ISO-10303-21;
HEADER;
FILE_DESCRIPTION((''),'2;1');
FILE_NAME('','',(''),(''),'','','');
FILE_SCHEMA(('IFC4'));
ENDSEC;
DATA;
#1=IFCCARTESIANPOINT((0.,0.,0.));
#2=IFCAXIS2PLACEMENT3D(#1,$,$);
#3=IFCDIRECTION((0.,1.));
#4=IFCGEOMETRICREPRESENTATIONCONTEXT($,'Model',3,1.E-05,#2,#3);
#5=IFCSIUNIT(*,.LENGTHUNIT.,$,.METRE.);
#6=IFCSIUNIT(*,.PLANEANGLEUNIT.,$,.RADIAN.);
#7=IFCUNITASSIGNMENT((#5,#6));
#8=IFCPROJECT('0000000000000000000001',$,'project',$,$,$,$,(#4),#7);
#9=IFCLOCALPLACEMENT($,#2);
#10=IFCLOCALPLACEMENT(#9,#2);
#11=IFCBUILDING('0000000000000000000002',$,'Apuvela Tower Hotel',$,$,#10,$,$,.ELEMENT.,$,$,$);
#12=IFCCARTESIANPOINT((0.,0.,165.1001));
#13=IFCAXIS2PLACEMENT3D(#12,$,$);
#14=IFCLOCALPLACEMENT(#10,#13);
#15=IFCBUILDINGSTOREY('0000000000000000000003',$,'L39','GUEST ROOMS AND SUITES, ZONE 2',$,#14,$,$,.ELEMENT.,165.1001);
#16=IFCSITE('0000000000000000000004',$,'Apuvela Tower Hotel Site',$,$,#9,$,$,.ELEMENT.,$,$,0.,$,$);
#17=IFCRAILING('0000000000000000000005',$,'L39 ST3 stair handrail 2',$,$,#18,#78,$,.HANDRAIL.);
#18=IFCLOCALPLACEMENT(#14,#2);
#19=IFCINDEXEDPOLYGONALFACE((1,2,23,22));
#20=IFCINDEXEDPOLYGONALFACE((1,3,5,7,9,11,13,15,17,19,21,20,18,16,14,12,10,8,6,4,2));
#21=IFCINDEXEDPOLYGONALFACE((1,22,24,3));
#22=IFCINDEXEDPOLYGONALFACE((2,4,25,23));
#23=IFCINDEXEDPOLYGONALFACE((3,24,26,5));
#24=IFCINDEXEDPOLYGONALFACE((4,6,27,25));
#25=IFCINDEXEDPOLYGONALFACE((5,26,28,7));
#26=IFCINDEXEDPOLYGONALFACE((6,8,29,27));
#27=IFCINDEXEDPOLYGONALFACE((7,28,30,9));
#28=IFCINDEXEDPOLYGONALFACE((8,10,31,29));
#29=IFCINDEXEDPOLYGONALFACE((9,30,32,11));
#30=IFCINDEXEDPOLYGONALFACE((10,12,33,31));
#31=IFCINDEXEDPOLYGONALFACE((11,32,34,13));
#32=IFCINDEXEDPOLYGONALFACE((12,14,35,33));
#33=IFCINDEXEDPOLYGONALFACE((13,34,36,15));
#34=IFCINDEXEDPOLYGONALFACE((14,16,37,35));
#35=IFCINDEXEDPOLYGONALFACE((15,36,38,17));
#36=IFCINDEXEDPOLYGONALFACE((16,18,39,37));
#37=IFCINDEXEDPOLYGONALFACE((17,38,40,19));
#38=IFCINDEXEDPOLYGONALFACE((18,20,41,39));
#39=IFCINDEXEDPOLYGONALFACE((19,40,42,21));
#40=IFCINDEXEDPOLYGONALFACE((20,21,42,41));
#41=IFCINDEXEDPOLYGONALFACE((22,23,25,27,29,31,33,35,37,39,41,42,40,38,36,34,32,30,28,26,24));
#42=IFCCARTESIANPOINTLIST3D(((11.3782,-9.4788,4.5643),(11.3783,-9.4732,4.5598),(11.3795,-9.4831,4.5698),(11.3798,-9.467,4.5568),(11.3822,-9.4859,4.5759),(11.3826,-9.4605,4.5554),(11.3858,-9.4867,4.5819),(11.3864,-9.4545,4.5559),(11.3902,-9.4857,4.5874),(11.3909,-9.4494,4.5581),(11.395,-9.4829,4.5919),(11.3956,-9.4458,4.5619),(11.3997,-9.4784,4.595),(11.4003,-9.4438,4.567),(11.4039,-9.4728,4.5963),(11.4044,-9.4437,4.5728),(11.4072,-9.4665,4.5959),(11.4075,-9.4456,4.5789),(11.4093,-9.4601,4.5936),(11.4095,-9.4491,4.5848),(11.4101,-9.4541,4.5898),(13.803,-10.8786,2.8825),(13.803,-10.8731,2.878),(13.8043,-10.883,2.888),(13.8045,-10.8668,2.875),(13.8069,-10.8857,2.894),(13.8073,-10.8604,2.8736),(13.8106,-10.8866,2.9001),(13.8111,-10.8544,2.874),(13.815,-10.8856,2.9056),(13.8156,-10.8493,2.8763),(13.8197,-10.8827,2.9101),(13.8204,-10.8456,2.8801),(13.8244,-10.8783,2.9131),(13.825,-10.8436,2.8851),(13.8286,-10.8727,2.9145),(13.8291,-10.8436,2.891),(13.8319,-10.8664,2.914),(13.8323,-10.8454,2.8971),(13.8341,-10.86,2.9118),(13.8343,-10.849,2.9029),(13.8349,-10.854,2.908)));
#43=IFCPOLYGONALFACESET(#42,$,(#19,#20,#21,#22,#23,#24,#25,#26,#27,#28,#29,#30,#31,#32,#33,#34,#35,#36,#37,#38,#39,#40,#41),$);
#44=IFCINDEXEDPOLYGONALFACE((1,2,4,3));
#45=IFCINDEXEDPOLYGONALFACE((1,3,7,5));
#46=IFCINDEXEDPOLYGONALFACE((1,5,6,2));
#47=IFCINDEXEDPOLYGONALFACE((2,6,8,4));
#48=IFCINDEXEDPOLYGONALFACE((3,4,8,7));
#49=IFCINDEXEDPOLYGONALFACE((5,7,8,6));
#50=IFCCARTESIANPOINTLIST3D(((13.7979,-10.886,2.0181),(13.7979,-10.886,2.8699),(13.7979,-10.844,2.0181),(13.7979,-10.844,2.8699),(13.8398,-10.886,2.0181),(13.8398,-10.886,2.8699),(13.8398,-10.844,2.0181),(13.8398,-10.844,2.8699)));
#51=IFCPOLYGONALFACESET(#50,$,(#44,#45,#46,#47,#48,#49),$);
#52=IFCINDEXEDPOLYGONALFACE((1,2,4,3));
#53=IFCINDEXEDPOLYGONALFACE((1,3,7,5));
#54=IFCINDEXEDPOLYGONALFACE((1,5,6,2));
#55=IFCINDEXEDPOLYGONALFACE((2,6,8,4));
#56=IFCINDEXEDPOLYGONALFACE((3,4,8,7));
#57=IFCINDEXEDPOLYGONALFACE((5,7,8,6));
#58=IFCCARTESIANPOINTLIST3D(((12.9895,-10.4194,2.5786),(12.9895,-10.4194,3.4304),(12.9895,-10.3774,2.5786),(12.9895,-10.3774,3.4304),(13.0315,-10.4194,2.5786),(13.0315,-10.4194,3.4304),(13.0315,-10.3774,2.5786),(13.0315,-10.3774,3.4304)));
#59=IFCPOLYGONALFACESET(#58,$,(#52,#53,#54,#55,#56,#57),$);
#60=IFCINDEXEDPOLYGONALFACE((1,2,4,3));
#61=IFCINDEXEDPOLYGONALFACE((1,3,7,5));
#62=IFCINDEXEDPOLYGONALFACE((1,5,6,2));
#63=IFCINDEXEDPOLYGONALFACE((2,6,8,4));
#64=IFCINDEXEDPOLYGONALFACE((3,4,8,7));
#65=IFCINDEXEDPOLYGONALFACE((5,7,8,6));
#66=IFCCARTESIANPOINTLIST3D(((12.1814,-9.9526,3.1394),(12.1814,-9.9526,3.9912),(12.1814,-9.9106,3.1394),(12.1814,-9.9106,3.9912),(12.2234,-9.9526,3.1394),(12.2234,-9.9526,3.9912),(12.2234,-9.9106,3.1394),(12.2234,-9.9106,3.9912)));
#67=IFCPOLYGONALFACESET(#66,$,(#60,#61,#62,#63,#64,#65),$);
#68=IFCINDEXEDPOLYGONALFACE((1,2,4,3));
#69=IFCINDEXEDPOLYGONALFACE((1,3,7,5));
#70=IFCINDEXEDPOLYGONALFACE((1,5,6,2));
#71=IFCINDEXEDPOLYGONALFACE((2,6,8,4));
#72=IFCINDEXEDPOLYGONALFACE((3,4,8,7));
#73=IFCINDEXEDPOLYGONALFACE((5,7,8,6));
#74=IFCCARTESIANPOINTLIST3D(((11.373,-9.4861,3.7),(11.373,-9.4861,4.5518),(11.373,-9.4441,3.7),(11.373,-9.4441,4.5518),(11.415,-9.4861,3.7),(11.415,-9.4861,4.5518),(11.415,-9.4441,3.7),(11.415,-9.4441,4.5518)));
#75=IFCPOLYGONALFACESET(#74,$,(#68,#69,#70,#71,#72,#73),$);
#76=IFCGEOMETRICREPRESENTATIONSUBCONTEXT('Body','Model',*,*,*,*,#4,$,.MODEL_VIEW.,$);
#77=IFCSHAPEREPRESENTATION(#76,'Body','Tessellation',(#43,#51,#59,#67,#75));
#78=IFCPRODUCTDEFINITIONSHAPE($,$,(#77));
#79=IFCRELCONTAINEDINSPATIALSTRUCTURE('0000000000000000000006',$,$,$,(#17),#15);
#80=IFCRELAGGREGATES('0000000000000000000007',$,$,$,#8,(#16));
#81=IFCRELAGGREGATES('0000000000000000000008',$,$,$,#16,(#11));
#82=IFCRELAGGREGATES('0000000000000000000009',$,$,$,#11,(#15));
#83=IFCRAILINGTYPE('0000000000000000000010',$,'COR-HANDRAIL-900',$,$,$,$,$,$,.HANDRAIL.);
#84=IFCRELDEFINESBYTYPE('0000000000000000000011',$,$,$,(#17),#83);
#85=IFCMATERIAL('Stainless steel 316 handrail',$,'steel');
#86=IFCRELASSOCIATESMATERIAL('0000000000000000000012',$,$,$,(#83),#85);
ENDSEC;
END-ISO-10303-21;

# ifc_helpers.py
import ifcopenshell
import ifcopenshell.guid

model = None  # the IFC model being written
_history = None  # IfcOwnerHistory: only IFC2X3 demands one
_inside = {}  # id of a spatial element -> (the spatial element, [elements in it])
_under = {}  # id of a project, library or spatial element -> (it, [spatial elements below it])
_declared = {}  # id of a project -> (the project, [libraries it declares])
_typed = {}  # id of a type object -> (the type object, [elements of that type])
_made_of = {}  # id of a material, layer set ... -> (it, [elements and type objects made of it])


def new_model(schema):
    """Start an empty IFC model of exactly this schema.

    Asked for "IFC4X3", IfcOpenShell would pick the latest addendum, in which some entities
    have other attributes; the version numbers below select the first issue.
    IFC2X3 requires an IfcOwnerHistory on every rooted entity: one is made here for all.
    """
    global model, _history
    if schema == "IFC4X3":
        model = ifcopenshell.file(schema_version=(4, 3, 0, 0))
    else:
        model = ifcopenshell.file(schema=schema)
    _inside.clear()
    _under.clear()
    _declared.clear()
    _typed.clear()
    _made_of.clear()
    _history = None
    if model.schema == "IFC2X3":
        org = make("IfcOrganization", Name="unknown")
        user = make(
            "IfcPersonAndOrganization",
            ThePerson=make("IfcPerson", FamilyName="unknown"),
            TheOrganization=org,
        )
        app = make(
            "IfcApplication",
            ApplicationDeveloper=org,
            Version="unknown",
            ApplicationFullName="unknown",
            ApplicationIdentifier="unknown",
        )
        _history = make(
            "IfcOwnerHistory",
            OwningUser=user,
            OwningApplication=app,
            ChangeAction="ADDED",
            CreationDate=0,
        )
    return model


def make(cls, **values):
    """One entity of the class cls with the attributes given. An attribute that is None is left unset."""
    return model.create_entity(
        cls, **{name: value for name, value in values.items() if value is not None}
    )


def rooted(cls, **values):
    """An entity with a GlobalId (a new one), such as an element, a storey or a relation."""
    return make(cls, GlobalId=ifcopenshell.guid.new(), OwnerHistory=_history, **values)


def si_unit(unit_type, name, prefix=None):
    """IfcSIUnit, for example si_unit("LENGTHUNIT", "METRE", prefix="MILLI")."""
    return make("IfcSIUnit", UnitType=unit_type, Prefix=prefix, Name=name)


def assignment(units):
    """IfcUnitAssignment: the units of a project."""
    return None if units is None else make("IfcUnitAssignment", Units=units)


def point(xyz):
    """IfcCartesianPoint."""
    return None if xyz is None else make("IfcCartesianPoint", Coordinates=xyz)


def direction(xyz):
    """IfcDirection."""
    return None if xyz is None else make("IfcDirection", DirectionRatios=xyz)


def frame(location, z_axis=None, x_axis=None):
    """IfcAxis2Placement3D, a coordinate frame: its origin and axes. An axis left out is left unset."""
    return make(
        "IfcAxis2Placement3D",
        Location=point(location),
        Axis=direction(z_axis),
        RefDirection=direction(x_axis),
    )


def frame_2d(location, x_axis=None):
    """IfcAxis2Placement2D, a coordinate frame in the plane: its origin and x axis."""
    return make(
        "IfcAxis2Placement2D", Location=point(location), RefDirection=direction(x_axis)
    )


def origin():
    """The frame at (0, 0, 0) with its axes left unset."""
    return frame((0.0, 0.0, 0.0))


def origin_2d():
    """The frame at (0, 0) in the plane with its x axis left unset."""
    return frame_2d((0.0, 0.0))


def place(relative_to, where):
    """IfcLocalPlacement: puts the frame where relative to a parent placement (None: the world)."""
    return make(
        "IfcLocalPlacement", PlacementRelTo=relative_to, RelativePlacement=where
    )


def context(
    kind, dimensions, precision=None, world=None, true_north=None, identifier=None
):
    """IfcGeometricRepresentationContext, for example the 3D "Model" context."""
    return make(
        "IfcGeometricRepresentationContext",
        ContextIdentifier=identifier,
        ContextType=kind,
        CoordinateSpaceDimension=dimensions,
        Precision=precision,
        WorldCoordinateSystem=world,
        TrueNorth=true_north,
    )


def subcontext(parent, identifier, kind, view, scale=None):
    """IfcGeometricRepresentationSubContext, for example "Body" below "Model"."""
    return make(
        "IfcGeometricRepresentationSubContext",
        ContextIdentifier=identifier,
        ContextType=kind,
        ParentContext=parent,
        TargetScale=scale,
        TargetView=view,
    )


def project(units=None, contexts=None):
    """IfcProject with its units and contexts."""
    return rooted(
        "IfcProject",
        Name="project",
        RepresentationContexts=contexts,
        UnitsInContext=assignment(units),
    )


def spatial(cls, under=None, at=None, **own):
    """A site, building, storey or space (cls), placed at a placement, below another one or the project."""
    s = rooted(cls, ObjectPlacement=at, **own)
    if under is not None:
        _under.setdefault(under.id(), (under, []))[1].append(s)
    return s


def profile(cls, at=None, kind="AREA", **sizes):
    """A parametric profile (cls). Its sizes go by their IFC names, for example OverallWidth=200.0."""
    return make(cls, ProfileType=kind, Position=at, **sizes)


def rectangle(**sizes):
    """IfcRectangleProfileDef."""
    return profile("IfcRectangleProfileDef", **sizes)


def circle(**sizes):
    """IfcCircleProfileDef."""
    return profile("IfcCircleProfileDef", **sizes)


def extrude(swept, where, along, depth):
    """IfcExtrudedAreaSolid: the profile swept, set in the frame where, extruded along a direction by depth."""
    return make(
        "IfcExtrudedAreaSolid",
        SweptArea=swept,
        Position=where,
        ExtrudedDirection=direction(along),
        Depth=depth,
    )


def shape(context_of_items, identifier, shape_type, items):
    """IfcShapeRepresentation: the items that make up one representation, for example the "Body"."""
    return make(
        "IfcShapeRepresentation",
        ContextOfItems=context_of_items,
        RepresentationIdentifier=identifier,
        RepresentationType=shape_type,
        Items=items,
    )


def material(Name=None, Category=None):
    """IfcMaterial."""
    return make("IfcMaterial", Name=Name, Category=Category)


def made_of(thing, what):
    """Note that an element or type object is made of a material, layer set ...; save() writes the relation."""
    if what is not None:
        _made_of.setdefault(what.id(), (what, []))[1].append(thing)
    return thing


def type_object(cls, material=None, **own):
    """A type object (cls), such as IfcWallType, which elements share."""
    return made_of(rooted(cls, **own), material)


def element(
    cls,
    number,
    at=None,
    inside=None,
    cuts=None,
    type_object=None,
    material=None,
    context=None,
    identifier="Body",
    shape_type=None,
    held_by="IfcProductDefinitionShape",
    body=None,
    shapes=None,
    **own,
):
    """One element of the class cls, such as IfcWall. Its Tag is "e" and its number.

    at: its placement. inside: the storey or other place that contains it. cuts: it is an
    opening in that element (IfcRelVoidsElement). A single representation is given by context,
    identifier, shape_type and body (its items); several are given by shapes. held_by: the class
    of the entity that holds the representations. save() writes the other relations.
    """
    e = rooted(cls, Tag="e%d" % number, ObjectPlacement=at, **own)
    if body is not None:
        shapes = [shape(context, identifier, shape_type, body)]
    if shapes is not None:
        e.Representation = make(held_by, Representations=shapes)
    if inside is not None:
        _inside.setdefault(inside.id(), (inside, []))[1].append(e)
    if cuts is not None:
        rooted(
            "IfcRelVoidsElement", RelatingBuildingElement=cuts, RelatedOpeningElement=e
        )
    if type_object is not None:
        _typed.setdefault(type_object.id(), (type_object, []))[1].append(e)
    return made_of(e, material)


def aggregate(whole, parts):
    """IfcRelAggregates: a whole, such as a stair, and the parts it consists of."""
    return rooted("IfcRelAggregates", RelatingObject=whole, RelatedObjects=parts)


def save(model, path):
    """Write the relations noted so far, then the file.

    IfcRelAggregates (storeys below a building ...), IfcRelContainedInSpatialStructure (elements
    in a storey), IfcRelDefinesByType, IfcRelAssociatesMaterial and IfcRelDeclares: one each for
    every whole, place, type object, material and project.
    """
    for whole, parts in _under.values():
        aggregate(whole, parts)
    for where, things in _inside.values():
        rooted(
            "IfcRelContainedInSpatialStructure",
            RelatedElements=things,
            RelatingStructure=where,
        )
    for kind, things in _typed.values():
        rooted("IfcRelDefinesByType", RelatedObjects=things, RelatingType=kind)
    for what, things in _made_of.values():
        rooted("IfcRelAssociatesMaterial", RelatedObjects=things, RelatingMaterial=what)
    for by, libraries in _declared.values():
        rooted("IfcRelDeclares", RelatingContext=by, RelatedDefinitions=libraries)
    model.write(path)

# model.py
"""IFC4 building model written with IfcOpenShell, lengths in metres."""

from ifc_helpers import new_model, si_unit, direction, frame, origin, origin_2d, place, context, subcontext, project, spatial, rectangle, circle, extrude, material, type_object, element, save


model = new_model("IFC4")

# Units and contexts
model_context = context("Model", 3, precision=1e-05, world=origin(), true_north=direction((0.0, 1.0)))
body_context = subcontext(model_context, "Body", "Model", "MODEL_VIEW")
ifc_project = project(units=[si_unit("LENGTHUNIT", "METRE"), si_unit("PLANEANGLEUNIT", "RADIAN")], contexts=[model_context])

# Site, building, storey
site_placement = place(None, origin())
site = spatial("IfcSite", under=ifc_project, at=site_placement, Name="Apuvela Tower Hotel Site", CompositionType="ELEMENT", RefElevation=0.0)
building_placement = place(site_placement, origin())
building = spatial("IfcBuilding", under=site, at=building_placement, Name="Apuvela Tower Hotel", CompositionType="ELEMENT")
storey_placement = place(building_placement, frame((0.0, 0.0, 165.1001)))
storey = spatial("IfcBuildingStorey", under=building, at=storey_placement, Name="L39", Description="GUEST ROOMS AND SUITES, ZONE 2", CompositionType="ELEMENT", Elevation=165.1001)

# Railing
ifc_material_1 = material(Name="Stainless steel 316 handrail", Category="steel")
railing_type_1 = type_object("IfcRailingType", Name="COR-HANDRAIL-900", PredefinedType="HANDRAIL", material=ifc_material_1)
railing_1_placement = place(storey_placement, frame((13.8188, -10.865, 2.0181)))
element("IfcRailing", 1, at=railing_1_placement, inside=storey, type_object=railing_type_1, Name="L39 ST3 stair handrail 2", PredefinedType="HANDRAIL", context=body_context, shape_type="SweptSolid", body=[
    extrude(circle(Radius=0.0239, at=origin_2d()), frame((0.0, 0.0, 0.876), z_axis=(-0.74239, 0.428601, 0.514934), x_axis=(-0.499984, -0.866035, 0.0)), (0.0, 0.0, 1.0), 3.2661),
    extrude(rectangle(XDim=0.042, YDim=0.042, at=origin_2d()), origin(), (0.0, 0.0, 1.0), 0.8518),
    extrude(rectangle(XDim=0.042, YDim=0.042, at=origin_2d()), frame((-0.8083, 0.4666, 0.5605)), (0.0, 0.0, 1.0), 0.8518),
    extrude(rectangle(XDim=0.042, YDim=0.042, at=origin_2d()), frame((-1.6165, 0.9333, 1.1213)), (0.0, 0.0, 1.0), 0.8518),
    extrude(rectangle(XDim=0.042, YDim=0.042, at=origin_2d()), frame((-2.4248, 1.3999, 1.6819)), (0.0, 0.0, 1.0), 0.8518),
])

save(model, "model.ifc")
